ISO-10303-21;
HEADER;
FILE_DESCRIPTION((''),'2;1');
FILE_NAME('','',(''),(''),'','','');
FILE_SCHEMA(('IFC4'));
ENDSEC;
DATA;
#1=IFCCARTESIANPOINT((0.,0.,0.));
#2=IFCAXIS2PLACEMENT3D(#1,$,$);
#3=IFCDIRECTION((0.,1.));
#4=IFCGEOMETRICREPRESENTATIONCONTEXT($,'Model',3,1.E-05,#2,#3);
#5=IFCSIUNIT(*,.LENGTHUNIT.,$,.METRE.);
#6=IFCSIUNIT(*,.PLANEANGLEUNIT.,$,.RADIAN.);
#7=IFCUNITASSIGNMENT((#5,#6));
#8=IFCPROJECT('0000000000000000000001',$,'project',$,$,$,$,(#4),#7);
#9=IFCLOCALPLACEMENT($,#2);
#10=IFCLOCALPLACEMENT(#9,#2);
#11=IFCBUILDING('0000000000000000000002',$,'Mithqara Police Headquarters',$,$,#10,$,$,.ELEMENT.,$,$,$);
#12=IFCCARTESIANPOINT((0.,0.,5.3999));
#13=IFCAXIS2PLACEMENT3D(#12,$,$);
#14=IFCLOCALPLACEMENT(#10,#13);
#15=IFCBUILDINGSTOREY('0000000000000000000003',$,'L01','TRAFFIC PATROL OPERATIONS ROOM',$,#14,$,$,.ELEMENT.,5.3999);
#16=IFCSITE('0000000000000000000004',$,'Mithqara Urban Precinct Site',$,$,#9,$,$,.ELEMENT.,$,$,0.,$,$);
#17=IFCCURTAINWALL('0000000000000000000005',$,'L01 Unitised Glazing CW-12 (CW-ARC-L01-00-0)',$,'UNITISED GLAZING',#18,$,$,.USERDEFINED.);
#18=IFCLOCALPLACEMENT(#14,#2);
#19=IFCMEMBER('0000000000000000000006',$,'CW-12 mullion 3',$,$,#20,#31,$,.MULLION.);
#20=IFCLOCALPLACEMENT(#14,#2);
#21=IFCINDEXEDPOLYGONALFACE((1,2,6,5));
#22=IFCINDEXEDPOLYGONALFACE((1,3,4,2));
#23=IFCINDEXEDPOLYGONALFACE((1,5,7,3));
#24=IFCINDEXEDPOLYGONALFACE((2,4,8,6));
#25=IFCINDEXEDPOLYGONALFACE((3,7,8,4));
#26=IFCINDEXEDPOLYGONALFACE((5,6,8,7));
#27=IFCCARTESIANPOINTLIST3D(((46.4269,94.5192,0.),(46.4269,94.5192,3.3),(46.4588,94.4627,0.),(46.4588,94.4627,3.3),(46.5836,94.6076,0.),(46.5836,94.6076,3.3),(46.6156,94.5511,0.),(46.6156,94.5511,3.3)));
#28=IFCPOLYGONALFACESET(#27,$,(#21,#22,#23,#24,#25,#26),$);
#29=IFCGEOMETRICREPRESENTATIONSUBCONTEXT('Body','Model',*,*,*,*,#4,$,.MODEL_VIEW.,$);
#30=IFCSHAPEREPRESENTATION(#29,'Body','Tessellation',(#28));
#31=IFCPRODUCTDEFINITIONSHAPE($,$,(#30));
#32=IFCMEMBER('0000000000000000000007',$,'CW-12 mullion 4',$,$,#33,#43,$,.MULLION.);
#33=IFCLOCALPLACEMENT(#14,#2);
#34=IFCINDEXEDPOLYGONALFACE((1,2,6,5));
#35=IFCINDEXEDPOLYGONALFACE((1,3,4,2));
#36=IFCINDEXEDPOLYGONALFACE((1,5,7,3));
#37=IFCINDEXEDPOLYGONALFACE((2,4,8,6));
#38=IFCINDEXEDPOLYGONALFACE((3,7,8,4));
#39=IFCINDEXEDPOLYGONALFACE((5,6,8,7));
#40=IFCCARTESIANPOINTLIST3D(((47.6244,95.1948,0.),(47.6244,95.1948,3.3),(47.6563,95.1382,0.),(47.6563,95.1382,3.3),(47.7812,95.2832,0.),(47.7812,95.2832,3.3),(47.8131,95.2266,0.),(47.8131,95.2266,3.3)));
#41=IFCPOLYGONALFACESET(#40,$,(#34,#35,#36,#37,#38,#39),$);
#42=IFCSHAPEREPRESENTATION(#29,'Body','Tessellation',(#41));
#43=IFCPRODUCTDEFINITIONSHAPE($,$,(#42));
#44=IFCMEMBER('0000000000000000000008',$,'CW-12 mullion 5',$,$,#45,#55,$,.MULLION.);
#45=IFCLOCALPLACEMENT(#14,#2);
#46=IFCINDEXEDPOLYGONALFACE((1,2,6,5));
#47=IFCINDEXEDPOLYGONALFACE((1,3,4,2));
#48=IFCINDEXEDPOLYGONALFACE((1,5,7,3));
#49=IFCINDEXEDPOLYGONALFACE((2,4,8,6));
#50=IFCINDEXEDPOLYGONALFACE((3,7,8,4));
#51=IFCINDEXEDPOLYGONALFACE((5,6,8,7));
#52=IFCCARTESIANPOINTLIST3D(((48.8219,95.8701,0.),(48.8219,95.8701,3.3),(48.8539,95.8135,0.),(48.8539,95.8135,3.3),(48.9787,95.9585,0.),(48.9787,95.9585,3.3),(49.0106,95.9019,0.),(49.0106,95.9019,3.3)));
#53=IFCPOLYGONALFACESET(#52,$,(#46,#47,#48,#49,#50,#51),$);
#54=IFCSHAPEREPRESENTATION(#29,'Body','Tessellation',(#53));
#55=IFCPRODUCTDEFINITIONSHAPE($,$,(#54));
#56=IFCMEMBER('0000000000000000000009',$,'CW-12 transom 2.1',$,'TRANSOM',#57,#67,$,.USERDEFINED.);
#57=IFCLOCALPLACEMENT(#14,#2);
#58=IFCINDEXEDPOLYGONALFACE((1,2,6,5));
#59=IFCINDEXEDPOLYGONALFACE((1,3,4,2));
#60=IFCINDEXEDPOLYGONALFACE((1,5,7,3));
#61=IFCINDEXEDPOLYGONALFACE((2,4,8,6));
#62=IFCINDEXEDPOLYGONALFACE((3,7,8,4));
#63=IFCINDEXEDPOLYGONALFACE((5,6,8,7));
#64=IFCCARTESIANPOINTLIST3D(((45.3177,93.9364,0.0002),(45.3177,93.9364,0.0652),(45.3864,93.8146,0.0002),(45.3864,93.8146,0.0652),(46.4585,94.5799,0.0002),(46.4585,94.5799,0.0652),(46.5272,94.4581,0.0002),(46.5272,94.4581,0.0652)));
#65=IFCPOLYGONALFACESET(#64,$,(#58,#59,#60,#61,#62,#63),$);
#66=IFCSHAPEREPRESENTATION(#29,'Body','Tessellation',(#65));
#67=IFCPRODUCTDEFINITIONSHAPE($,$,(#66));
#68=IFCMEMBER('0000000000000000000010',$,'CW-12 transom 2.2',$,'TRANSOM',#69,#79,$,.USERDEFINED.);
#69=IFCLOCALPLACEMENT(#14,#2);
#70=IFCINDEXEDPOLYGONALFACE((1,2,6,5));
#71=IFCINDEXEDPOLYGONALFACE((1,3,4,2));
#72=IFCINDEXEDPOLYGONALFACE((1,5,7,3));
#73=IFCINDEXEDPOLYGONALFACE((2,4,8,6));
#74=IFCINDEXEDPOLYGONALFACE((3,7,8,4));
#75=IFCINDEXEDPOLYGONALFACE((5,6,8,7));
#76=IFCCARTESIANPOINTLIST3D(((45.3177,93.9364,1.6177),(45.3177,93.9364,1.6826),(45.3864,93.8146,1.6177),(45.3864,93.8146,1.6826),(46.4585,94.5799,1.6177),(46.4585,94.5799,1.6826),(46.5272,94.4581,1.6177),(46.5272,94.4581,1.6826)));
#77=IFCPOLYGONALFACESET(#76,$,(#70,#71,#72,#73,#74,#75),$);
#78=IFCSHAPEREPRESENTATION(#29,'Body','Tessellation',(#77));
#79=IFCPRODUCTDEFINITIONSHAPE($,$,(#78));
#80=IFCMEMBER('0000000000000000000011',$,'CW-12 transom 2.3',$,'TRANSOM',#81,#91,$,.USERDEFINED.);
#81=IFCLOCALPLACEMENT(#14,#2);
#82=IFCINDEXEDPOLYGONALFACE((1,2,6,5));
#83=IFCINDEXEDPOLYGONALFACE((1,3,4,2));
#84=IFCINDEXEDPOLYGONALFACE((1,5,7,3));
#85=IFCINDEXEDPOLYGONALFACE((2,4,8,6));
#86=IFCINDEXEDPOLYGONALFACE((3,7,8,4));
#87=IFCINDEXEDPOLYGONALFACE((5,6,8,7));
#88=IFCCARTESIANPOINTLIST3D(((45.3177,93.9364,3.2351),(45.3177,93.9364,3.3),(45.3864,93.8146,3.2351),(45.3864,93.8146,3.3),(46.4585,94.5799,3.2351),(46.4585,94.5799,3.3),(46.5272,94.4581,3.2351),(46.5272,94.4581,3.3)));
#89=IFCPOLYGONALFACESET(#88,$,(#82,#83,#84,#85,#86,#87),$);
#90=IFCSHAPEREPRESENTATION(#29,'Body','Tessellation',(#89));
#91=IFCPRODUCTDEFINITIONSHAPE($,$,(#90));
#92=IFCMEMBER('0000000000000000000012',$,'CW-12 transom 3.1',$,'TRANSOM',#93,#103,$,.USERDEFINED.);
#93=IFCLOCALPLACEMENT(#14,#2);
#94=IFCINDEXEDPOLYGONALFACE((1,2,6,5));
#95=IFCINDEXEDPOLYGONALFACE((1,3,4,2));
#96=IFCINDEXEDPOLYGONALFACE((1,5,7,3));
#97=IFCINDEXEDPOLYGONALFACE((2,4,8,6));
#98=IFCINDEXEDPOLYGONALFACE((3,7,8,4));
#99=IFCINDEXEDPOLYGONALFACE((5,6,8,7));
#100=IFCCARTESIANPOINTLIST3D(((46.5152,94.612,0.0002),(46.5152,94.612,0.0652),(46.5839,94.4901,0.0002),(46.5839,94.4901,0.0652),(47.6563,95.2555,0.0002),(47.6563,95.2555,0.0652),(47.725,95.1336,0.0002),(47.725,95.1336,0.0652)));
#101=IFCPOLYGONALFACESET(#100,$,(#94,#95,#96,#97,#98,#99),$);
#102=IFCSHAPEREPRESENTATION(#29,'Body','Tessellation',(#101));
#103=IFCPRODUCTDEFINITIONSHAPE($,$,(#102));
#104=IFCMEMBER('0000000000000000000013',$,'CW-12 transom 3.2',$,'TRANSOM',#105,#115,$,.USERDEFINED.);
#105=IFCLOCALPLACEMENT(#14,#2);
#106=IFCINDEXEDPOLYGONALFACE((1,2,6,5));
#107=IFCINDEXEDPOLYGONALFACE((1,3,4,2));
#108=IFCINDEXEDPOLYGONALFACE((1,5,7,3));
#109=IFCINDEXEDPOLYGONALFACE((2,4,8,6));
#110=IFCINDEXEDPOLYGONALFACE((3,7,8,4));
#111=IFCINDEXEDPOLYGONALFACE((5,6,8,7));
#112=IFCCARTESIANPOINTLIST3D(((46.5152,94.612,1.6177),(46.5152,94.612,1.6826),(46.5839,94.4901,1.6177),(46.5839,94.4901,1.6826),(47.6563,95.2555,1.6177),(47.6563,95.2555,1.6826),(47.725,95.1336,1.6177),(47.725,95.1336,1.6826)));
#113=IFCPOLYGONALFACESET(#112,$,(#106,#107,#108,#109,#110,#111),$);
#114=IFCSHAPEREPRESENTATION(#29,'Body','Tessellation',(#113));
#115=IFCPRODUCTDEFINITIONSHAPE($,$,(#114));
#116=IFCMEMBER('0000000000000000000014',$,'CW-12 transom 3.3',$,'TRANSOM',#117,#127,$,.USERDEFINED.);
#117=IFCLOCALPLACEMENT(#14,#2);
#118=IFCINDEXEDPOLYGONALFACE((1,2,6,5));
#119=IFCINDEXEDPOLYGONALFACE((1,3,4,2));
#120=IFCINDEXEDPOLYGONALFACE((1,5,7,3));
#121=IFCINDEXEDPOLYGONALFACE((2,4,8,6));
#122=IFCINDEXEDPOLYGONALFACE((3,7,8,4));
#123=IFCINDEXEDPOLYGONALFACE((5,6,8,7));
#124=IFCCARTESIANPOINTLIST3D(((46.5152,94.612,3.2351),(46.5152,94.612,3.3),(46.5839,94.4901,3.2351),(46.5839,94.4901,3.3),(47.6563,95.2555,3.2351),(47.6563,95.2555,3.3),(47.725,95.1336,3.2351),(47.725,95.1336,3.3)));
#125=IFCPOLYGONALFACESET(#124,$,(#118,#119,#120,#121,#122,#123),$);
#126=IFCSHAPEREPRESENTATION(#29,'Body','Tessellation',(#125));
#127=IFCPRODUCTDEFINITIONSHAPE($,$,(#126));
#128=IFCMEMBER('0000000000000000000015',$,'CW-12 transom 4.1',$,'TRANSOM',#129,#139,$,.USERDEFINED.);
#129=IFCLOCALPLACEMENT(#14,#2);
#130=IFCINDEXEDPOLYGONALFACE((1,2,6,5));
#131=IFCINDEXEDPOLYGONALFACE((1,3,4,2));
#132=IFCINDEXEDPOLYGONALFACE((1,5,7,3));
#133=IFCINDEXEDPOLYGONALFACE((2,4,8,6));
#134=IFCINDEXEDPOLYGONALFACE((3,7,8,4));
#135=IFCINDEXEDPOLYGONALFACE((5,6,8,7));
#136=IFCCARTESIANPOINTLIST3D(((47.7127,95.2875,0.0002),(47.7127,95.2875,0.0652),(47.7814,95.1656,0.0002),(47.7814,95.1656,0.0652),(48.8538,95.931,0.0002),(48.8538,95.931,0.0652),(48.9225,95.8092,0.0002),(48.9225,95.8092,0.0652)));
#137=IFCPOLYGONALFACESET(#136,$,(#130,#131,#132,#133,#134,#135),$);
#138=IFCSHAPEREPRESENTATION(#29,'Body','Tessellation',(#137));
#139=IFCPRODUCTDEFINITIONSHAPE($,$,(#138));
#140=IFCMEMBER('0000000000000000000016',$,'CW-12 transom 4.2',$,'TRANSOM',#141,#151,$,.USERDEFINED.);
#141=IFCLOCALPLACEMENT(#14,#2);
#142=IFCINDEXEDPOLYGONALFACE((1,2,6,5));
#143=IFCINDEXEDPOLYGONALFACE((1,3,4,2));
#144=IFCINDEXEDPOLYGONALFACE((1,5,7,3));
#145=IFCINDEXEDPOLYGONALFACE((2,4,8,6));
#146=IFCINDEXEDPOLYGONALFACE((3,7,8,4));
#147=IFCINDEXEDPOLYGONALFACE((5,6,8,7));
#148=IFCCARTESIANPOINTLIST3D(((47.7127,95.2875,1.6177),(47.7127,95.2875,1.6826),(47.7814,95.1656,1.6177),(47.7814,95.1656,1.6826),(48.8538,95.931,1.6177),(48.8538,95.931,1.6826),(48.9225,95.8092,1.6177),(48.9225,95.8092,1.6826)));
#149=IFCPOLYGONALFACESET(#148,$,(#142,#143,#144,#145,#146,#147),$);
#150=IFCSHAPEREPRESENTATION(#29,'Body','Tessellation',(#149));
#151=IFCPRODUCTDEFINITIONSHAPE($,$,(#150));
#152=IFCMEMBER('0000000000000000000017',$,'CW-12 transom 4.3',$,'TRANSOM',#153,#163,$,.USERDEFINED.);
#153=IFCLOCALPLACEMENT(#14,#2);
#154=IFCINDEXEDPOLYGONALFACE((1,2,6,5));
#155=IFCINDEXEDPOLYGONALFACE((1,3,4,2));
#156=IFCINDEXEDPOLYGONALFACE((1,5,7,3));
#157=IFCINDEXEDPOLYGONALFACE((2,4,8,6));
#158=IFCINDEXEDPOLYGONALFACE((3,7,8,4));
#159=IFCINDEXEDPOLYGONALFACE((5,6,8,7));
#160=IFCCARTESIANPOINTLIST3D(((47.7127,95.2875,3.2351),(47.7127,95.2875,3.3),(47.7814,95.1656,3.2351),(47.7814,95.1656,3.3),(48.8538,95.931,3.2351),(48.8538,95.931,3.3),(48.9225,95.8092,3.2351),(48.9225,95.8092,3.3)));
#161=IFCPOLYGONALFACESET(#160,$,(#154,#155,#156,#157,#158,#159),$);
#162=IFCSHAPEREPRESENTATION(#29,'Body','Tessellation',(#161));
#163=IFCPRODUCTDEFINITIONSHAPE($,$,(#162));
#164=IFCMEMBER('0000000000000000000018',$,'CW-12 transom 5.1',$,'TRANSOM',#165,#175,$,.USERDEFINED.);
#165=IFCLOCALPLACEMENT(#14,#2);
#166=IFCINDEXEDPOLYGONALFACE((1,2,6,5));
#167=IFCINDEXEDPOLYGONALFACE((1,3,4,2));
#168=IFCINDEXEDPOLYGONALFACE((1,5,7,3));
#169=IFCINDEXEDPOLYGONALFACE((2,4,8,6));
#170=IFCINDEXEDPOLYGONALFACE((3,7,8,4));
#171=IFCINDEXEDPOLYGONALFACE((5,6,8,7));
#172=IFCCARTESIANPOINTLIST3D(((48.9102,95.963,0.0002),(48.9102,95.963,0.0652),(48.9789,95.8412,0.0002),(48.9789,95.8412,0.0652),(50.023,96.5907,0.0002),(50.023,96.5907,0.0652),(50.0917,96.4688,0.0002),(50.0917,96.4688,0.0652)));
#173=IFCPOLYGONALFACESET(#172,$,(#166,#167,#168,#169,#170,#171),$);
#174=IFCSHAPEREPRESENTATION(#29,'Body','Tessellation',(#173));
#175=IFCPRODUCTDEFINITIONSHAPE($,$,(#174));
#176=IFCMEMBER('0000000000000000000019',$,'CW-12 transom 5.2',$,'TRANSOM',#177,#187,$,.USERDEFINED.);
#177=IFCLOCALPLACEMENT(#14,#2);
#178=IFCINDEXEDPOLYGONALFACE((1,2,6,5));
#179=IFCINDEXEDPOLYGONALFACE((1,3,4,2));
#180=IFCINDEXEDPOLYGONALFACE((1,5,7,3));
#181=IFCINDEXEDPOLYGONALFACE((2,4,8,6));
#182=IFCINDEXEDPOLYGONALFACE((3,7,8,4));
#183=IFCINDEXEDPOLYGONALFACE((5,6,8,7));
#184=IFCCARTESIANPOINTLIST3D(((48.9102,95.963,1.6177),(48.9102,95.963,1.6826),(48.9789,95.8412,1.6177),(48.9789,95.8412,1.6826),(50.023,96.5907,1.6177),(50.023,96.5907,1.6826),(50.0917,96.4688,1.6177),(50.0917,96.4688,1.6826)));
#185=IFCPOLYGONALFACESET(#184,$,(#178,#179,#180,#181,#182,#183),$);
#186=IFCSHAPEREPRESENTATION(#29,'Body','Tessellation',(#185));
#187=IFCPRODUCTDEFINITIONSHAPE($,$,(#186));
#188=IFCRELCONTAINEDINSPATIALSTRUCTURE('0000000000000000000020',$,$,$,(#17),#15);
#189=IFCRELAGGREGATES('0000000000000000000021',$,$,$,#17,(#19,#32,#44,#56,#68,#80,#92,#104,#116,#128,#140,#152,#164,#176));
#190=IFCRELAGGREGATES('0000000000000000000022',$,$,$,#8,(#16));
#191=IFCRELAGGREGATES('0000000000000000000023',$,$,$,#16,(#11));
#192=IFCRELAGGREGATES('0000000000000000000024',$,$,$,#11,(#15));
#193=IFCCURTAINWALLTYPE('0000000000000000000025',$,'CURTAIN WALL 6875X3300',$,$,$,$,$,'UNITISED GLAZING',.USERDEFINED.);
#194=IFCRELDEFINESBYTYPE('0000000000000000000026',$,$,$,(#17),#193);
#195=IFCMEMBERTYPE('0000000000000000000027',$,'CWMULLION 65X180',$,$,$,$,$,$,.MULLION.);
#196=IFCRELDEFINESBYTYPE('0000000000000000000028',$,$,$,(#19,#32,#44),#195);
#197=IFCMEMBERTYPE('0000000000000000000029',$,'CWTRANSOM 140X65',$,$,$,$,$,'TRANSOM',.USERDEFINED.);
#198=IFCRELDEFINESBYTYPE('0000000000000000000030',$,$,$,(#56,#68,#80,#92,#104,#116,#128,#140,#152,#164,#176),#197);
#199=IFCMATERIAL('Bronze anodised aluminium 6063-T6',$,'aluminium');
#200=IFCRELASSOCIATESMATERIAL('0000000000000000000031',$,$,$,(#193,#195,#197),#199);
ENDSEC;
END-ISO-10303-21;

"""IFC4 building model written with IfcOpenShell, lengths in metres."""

from ifc_helpers import new_model, si_unit, direction, frame, origin, origin_2d, place, context, subcontext, project, spatial, rectangle, extrude, material, material_profile, profile_set, type_object, element, aggregate, save


model = new_model("IFC4")

# Units and contexts
model_context = context("Model", 3, precision=1e-05, world=origin(), true_north=direction((0.0, 1.0)))
body_context = subcontext(model_context, "Body", "Model", "MODEL_VIEW")
ifc_project = project(units=[si_unit("LENGTHUNIT", "METRE"), si_unit("PLANEANGLEUNIT", "RADIAN")], contexts=[model_context])

# Site, building, storey
site_placement = place(None, origin())
site = spatial("IfcSite", under=ifc_project, at=site_placement, Name="Mithqara Urban Precinct Site", CompositionType="ELEMENT", RefElevation=0.0)
building_placement = place(site_placement, origin())
building = spatial("IfcBuilding", under=site, at=building_placement, Name="Mithqara Police Headquarters", CompositionType="ELEMENT")
storey_placement = place(building_placement, frame((0.0, 0.0, 5.3999)))
storey = spatial("IfcBuildingStorey", under=building, at=storey_placement, Name="L01", Description="TRAFFIC PATROL OPERATIONS ROOM", CompositionType="ELEMENT", Elevation=5.3999)

# Curtain wall, members
ifc_material_1 = material(Name="Bronze anodised aluminium 6063-T6", Category="aluminium")
curtain_wall_type = type_object("IfcCurtainWallType", Name="CURTAIN WALL 6875X3300", ElementType="UNITISED GLAZING", PredefinedType="USERDEFINED", material=ifc_material_1)
curtain_wall_placement = place(storey_placement, origin())
curtain_wall = element("IfcCurtainWall", 1, at=curtain_wall_placement, inside=storey, type_object=curtain_wall_type, Name="L01 Unitised Glazing CW-12 (CW-ARC-L01-00-0)", ObjectType="UNITISED GLAZING", PredefinedType="USERDEFINED")
ifc_material_profile_1 = material_profile(ifc_material_1, rectangle(XDim=0.0649, YDim=0.1799, at=origin_2d()), Name="CWM 65x180")
ifc_profile_set_1 = profile_set([ifc_material_profile_1], Name="Bronze anodised aluminium 6063-T6")
member_type_1 = type_object("IfcMemberType", Name="CWMULLION 65X180", PredefinedType="MULLION", material=ifc_profile_set_1)
member_1_placement = place(storey_placement, frame((46.5212, 94.5352, 0.0), z_axis=(0.0, 0.0, 1.0), x_axis=(-0.491308, 0.870986, 0.0)))
member_1 = element("IfcMember", 2, at=member_1_placement, type_object=member_type_1, Name="CW-12 mullion 3", PredefinedType="MULLION", context=body_context, shape_type="SweptSolid", body=[
    extrude(rectangle(XDim=0.0649, YDim=0.1799, at=origin_2d()), origin(), (0.0, 0.0, 1.0), 3.3),
])
member_2_placement = place(storey_placement, frame((47.7188, 95.2107, 0.0), z_axis=(0.0, 0.0, 1.0), x_axis=(-0.491308, 0.870986, 0.0)))
member_2 = element("IfcMember", 3, at=member_2_placement, type_object=member_type_1, Name="CW-12 mullion 4", PredefinedType="MULLION", context=body_context, shape_type="SweptSolid", body=[
    extrude(rectangle(XDim=0.0649, YDim=0.1799, at=origin_2d()), origin(), (0.0, 0.0, 1.0), 3.3),
])
member_3_placement = place(storey_placement, frame((48.9163, 95.886, 0.0), z_axis=(0.0, 0.0, 1.0), x_axis=(-0.491308, 0.870986, 0.0)))
member_3 = element("IfcMember", 4, at=member_3_placement, type_object=member_type_1, Name="CW-12 mullion 5", PredefinedType="MULLION", context=body_context, shape_type="SweptSolid", body=[
    extrude(rectangle(XDim=0.0649, YDim=0.1799, at=origin_2d()), origin(), (0.0, 0.0, 1.0), 3.3),
])
ifc_material_profile_2 = material_profile(ifc_material_1, rectangle(XDim=0.1399, YDim=0.0649, at=origin_2d()), Name="CWT 140x65")
ifc_profile_set_2 = profile_set([ifc_material_profile_2], Name="Bronze anodised aluminium 6063-T6")
member_type_2 = type_object("IfcMemberType", Name="CWTRANSOM 140X65", ElementType="TRANSOM", PredefinedType="USERDEFINED", material=ifc_profile_set_2)
member_4_placement = place(storey_placement, frame((45.3521, 93.8755, 0.0327), z_axis=(0.870983, 0.491314, 0.0), x_axis=(-0.491314, 0.870983, 0.0)))
member_4 = element("IfcMember", 5, at=member_4_placement, type_object=member_type_2, Name="CW-12 transom 2.1", ObjectType="TRANSOM", PredefinedType="USERDEFINED", context=body_context, shape_type="SweptSolid", body=[
    extrude(rectangle(XDim=0.1399, YDim=0.0649, at=origin_2d()), origin(), (0.0, 0.0, 1.0), 1.3098),
])
member_5_placement = place(storey_placement, frame((45.3521, 93.8755, 1.6501), z_axis=(0.870983, 0.491314, 0.0), x_axis=(-0.491314, 0.870983, 0.0)))
member_5 = element("IfcMember", 6, at=member_5_placement, type_object=member_type_2, Name="CW-12 transom 2.2", ObjectType="TRANSOM", PredefinedType="USERDEFINED", context=body_context, shape_type="SweptSolid", body=[
    extrude(rectangle(XDim=0.1399, YDim=0.0649, at=origin_2d()), origin(), (0.0, 0.0, 1.0), 1.3098),
])
member_6_placement = place(storey_placement, frame((45.3521, 93.8755, 3.2676), z_axis=(0.870983, 0.491314, 0.0), x_axis=(-0.491314, 0.870983, 0.0)))
member_6 = element("IfcMember", 7, at=member_6_placement, type_object=member_type_2, Name="CW-12 transom 2.3", ObjectType="TRANSOM", PredefinedType="USERDEFINED", context=body_context, shape_type="SweptSolid", body=[
    extrude(rectangle(XDim=0.1399, YDim=0.0649, at=origin_2d()), origin(), (0.0, 0.0, 1.0), 1.3098),
])
member_7_placement = place(storey_placement, frame((46.5496, 94.551, 0.0327), z_axis=(0.871028, 0.491234, 0.0), x_axis=(-0.491234, 0.871028, 0.0)))
member_7 = element("IfcMember", 8, at=member_7_placement, type_object=member_type_2, Name="CW-12 transom 3.1", ObjectType="TRANSOM", PredefinedType="USERDEFINED", context=body_context, shape_type="SweptSolid", body=[
    extrude(rectangle(XDim=0.1399, YDim=0.0649, at=origin_2d()), origin(), (0.0, 0.0, 1.0), 1.3101),
])
member_8_placement = place(storey_placement, frame((46.5496, 94.551, 1.6501), z_axis=(0.871028, 0.491234, 0.0), x_axis=(-0.491234, 0.871028, 0.0)))
member_8 = element("IfcMember", 9, at=member_8_placement, type_object=member_type_2, Name="CW-12 transom 3.2", ObjectType="TRANSOM", PredefinedType="USERDEFINED", context=body_context, shape_type="SweptSolid", body=[
    extrude(rectangle(XDim=0.1399, YDim=0.0649, at=origin_2d()), origin(), (0.0, 0.0, 1.0), 1.3101),
])
member_9_placement = place(storey_placement, frame((46.5496, 94.551, 3.2676), z_axis=(0.871028, 0.491234, 0.0), x_axis=(-0.491234, 0.871028, 0.0)))
member_9 = element("IfcMember", 10, at=member_9_placement, type_object=member_type_2, Name="CW-12 transom 3.3", ObjectType="TRANSOM", PredefinedType="USERDEFINED", context=body_context, shape_type="SweptSolid", body=[
    extrude(rectangle(XDim=0.1399, YDim=0.0649, at=origin_2d()), origin(), (0.0, 0.0, 1.0), 1.3101),
])
member_10_placement = place(storey_placement, frame((47.7471, 95.2266, 0.0327), z_axis=(0.871028, 0.491234, 0.0), x_axis=(-0.491234, 0.871028, 0.0)))
member_10 = element("IfcMember", 11, at=member_10_placement, type_object=member_type_2, Name="CW-12 transom 4.1", ObjectType="TRANSOM", PredefinedType="USERDEFINED", context=body_context, shape_type="SweptSolid", body=[
    extrude(rectangle(XDim=0.1399, YDim=0.0649, at=origin_2d()), origin(), (0.0, 0.0, 1.0), 1.3101),
])
member_11_placement = place(storey_placement, frame((47.7471, 95.2266, 1.6501), z_axis=(0.871028, 0.491234, 0.0), x_axis=(-0.491234, 0.871028, 0.0)))
member_11 = element("IfcMember", 12, at=member_11_placement, type_object=member_type_2, Name="CW-12 transom 4.2", ObjectType="TRANSOM", PredefinedType="USERDEFINED", context=body_context, shape_type="SweptSolid", body=[
    extrude(rectangle(XDim=0.1399, YDim=0.0649, at=origin_2d()), origin(), (0.0, 0.0, 1.0), 1.3101),
])
member_12_placement = place(storey_placement, frame((47.7471, 95.2266, 3.2676), z_axis=(0.871028, 0.491234, 0.0), x_axis=(-0.491234, 0.871028, 0.0)))
member_12 = element("IfcMember", 13, at=member_12_placement, type_object=member_type_2, Name="CW-12 transom 4.3", ObjectType="TRANSOM", PredefinedType="USERDEFINED", context=body_context, shape_type="SweptSolid", body=[
    extrude(rectangle(XDim=0.1399, YDim=0.0649, at=origin_2d()), origin(), (0.0, 0.0, 1.0), 1.3101),
])
member_13_placement = place(storey_placement, frame((48.9446, 95.9021, 0.0327), z_axis=(0.870993, 0.491295, 0.0), x_axis=(-0.491295, 0.870993, 0.0)))
member_13 = element("IfcMember", 14, at=member_13_placement, type_object=member_type_2, Name="CW-12 transom 5.1", ObjectType="TRANSOM", PredefinedType="USERDEFINED", context=body_context, shape_type="SweptSolid", body=[
    extrude(rectangle(XDim=0.1399, YDim=0.0649, at=origin_2d()), origin(), (0.0, 0.0, 1.0), 1.2776),
])
member_14_placement = place(storey_placement, frame((48.9446, 95.9021, 1.6501), z_axis=(0.870993, 0.491295, 0.0), x_axis=(-0.491295, 0.870993, 0.0)))
member_14 = element("IfcMember", 15, at=member_14_placement, type_object=member_type_2, Name="CW-12 transom 5.2", ObjectType="TRANSOM", PredefinedType="USERDEFINED", context=body_context, shape_type="SweptSolid", body=[
    extrude(rectangle(XDim=0.1399, YDim=0.0649, at=origin_2d()), origin(), (0.0, 0.0, 1.0), 1.2776),
])
aggregate(curtain_wall, [member_1, member_2, member_3, member_4, member_5, member_6, member_7, member_8, member_9, member_10, member_11, member_12, member_13, member_14])

save(model, "model.ifc")
